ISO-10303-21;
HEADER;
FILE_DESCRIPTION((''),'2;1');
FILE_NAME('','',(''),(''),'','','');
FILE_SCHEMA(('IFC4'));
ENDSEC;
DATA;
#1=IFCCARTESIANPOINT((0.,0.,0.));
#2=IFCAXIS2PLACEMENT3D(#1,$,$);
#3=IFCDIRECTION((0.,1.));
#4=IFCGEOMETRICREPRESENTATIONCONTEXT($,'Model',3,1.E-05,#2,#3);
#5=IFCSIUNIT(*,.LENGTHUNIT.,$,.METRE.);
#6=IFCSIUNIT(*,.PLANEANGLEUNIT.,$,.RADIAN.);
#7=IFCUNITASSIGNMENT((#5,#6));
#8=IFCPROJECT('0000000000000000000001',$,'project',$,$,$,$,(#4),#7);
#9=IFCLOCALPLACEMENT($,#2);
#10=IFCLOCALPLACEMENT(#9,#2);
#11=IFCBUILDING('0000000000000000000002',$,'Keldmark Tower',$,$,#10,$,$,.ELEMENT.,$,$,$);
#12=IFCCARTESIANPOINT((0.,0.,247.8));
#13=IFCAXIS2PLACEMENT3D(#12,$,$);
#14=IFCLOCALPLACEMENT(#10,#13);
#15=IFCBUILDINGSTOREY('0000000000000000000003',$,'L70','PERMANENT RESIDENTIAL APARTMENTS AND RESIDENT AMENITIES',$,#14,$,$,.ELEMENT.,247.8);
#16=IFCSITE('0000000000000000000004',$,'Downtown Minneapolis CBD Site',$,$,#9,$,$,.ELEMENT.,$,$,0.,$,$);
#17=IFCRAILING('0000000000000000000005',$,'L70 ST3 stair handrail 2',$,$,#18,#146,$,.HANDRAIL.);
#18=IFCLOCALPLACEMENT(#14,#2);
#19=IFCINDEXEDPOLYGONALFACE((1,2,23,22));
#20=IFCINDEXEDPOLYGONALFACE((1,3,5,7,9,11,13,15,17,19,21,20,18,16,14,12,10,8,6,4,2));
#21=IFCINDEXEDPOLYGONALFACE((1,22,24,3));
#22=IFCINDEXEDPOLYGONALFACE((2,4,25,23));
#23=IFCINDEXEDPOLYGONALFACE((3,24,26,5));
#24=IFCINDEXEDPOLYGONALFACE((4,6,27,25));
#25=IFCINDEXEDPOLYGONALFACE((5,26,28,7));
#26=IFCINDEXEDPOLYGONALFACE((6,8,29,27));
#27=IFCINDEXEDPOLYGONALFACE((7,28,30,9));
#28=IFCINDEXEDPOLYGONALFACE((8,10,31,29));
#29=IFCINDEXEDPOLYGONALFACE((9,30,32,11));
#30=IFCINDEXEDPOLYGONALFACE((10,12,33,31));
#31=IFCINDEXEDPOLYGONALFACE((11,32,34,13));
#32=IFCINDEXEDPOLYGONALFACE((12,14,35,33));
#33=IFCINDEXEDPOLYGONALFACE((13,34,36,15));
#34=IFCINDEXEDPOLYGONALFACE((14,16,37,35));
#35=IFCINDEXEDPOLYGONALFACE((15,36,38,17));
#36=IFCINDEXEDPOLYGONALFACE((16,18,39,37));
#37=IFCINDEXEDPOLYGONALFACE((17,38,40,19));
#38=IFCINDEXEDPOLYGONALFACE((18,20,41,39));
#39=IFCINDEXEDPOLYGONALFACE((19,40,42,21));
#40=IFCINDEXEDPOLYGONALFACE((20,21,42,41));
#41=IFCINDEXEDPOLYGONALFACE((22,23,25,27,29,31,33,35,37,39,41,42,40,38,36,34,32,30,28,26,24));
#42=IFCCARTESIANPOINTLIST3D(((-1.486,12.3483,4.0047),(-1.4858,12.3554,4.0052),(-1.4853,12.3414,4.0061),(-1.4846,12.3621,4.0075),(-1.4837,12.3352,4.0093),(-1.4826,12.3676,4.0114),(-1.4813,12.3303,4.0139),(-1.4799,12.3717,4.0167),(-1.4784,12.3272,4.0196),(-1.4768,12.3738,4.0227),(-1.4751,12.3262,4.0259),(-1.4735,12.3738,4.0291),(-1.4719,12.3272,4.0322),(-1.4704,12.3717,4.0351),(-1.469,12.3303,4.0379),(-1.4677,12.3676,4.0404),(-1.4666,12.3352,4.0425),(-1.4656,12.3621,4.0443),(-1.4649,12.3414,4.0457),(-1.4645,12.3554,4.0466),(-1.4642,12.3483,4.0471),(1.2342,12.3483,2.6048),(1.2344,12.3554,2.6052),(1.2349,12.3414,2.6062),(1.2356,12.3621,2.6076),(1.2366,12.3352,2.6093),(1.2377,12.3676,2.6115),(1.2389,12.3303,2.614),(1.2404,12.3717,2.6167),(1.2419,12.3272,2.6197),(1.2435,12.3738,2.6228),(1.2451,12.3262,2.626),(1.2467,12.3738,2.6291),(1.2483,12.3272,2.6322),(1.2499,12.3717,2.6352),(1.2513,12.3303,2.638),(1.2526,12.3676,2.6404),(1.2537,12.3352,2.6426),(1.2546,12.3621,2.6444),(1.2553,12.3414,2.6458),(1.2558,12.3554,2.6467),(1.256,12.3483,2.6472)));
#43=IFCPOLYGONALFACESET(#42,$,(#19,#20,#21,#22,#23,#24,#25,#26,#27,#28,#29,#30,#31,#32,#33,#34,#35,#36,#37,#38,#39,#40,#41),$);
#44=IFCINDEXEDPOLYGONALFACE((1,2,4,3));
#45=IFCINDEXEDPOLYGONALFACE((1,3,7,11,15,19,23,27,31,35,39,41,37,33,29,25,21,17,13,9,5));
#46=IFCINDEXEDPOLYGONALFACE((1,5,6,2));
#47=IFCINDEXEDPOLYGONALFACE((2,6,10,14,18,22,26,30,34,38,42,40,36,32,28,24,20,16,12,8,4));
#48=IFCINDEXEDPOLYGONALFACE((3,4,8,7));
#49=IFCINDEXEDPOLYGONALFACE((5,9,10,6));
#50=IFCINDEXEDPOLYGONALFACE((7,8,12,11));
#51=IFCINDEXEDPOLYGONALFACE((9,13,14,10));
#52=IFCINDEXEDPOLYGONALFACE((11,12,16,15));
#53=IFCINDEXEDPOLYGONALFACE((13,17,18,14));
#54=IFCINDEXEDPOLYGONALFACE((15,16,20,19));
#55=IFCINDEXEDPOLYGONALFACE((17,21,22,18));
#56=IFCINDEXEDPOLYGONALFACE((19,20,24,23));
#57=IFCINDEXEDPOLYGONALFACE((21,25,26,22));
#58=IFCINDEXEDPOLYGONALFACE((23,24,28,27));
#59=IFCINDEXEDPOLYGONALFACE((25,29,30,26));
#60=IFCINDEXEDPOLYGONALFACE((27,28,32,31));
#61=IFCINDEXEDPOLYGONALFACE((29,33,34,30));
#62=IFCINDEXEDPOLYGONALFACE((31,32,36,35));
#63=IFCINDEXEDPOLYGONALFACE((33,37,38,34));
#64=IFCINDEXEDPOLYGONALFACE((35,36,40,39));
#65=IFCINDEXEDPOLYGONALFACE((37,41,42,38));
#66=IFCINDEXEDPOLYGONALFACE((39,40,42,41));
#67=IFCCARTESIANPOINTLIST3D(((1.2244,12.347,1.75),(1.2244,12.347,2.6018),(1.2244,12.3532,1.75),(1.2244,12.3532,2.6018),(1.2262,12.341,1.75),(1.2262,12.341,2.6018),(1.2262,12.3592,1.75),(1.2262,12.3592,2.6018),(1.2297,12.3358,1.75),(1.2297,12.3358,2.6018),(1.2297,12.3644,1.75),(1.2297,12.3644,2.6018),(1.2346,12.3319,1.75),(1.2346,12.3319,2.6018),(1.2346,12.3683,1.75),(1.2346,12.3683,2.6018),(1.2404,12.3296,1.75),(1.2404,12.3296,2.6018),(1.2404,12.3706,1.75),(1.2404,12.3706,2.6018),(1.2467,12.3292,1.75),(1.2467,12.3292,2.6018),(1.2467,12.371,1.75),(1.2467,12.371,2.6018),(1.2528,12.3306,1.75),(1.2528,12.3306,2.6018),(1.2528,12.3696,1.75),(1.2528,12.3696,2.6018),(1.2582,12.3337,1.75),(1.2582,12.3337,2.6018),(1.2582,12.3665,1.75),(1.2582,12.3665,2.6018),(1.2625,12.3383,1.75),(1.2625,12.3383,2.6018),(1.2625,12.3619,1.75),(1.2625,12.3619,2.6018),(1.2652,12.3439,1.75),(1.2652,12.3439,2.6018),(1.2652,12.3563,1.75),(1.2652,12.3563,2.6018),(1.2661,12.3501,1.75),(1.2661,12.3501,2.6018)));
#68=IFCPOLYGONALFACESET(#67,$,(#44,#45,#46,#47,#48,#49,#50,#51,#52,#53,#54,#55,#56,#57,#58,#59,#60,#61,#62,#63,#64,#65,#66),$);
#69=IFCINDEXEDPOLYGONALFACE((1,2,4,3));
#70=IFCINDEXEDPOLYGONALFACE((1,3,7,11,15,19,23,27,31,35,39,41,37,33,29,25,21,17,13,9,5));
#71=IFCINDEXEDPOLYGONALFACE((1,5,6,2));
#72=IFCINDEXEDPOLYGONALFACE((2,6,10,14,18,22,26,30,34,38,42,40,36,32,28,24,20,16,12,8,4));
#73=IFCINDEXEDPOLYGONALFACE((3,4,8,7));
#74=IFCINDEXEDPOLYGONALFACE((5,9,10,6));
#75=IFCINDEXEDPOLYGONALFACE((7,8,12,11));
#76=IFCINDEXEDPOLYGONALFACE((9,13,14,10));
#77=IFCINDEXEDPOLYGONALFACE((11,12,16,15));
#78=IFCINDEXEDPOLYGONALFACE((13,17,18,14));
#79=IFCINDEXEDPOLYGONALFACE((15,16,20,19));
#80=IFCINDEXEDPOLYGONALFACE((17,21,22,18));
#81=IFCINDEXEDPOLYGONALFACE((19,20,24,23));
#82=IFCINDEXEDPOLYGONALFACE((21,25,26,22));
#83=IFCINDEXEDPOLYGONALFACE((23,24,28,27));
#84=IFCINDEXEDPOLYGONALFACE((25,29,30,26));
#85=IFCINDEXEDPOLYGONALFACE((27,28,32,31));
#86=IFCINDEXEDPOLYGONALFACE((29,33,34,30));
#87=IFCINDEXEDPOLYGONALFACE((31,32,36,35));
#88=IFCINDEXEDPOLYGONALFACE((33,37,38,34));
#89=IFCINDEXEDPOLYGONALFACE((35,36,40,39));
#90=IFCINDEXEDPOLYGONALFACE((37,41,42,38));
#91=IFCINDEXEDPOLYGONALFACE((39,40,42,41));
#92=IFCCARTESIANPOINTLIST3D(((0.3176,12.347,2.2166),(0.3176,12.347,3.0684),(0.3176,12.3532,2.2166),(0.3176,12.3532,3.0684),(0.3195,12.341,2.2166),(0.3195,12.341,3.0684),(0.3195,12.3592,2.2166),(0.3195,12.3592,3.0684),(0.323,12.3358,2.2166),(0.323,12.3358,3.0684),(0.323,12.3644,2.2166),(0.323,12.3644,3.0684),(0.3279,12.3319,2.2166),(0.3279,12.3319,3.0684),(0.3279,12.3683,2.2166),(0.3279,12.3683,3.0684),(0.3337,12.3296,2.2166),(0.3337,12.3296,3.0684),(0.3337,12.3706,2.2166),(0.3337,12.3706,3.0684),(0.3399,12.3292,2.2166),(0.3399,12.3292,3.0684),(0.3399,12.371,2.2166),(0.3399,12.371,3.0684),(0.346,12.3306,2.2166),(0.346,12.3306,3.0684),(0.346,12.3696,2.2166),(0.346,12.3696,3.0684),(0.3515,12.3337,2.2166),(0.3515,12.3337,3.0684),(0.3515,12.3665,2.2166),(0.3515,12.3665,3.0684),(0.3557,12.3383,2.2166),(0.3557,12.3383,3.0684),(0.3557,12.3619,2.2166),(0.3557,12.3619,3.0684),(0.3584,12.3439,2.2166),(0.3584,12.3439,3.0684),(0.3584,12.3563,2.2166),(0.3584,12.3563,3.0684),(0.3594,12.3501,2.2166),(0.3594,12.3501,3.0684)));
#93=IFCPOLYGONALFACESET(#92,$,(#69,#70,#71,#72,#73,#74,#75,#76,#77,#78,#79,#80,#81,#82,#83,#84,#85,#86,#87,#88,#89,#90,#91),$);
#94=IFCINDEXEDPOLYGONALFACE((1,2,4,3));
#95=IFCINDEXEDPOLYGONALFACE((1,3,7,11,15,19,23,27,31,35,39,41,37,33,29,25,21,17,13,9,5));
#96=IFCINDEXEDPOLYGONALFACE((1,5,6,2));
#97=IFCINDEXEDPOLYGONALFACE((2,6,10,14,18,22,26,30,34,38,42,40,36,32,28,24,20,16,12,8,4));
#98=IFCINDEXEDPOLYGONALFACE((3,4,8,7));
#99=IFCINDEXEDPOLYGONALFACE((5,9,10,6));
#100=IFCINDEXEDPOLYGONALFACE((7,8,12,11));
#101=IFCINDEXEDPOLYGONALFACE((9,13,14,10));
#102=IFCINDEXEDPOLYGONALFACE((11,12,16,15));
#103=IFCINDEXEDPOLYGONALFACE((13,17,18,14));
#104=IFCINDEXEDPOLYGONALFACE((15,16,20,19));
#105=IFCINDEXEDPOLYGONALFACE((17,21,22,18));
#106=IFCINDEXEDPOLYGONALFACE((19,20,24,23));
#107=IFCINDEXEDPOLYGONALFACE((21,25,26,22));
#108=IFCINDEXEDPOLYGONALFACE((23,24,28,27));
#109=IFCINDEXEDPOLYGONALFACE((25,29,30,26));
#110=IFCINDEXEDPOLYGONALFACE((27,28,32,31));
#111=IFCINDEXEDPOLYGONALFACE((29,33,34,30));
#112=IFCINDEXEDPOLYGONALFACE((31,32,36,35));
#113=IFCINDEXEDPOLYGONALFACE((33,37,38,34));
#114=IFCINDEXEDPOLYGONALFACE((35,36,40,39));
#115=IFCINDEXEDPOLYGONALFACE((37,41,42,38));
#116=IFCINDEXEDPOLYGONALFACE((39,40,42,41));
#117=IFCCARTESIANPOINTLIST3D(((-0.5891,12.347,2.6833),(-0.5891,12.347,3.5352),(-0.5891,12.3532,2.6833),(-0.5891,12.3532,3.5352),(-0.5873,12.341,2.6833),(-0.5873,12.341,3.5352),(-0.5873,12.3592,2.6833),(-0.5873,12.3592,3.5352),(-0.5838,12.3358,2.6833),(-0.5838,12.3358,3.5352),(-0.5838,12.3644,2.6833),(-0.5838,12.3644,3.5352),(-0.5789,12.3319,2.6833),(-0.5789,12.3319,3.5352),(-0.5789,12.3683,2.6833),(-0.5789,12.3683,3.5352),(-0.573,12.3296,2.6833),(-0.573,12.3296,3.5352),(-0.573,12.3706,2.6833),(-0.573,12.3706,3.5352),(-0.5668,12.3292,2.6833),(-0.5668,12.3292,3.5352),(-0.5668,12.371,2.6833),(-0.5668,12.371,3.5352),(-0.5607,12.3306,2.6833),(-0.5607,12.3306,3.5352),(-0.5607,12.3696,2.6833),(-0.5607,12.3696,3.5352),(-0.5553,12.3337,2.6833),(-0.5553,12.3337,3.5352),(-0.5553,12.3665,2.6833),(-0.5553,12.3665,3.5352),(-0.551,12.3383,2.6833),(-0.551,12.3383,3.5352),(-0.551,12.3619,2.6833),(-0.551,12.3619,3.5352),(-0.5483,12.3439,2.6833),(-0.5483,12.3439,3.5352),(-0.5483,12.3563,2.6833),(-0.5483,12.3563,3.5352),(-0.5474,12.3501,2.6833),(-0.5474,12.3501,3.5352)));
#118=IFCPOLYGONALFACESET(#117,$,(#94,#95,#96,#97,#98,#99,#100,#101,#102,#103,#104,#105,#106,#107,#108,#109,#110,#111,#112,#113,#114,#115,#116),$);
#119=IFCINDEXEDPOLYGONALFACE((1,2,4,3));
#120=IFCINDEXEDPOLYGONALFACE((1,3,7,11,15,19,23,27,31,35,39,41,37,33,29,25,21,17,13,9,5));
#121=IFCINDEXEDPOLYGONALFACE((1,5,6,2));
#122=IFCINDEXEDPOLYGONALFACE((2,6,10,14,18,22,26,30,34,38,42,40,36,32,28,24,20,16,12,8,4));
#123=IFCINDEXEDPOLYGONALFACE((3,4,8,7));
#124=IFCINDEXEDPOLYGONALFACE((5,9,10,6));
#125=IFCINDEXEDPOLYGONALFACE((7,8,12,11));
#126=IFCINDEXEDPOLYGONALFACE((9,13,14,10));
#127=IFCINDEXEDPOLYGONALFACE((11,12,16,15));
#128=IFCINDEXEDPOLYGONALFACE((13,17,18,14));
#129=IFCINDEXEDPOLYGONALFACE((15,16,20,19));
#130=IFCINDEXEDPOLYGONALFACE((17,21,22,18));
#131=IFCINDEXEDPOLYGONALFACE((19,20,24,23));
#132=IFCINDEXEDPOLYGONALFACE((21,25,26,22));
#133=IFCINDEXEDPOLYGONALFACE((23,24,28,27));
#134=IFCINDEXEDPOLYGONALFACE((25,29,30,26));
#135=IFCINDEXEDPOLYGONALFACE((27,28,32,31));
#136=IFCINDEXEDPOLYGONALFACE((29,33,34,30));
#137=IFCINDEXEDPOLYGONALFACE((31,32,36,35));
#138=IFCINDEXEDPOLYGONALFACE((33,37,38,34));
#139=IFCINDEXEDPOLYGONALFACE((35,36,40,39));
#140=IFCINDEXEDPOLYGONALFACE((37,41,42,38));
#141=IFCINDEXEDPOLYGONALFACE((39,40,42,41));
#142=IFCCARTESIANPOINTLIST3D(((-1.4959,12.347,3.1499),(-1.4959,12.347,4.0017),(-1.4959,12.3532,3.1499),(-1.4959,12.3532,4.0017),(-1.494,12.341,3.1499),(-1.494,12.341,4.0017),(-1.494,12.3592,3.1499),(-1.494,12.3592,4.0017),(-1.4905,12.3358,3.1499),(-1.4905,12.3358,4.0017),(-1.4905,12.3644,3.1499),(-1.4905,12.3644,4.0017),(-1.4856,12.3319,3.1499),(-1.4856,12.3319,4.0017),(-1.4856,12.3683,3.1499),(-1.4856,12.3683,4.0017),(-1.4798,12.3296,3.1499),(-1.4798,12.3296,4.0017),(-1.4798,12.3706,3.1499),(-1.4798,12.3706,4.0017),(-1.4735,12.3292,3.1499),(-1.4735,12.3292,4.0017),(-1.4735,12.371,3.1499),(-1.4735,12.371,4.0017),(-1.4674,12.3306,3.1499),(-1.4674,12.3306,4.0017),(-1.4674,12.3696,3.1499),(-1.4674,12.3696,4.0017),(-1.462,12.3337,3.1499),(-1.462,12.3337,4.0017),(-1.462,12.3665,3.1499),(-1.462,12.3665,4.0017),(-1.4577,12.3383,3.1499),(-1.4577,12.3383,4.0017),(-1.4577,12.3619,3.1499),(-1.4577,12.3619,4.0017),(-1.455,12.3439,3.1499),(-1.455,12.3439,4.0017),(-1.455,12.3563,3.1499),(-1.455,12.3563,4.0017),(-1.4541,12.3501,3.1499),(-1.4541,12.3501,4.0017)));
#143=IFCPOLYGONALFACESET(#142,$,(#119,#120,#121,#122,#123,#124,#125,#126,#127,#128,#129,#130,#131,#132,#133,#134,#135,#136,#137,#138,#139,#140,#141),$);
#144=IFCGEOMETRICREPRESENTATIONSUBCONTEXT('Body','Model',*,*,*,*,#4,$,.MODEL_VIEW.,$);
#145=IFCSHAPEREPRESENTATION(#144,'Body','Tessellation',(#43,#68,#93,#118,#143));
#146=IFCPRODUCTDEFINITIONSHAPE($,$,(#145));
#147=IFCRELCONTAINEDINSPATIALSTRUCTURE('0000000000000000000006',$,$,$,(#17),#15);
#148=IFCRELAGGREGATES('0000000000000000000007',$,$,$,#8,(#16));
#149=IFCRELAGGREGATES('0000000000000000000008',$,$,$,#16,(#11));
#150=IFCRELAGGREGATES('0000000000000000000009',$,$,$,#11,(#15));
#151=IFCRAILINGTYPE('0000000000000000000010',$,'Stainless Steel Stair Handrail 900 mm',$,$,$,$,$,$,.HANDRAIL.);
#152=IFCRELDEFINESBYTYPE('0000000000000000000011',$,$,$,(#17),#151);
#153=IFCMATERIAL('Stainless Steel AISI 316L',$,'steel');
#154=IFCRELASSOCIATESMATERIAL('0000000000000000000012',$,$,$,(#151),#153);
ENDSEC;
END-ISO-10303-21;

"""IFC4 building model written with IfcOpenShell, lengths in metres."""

from ifc_helpers import new_model, si_unit, direction, frame, origin, origin_2d, place, context, subcontext, project, spatial, circle, extrude, material, type_object, element, save


model = new_model("IFC4")

# Units and contexts
model_context = context("Model", 3, precision=1e-05, world=origin(), true_north=direction((0.0, 1.0)))
body_context = subcontext(model_context, "Body", "Model", "MODEL_VIEW")
ifc_project = project(units=[si_unit("LENGTHUNIT", "METRE"), si_unit("PLANEANGLEUNIT", "RADIAN")], contexts=[model_context])

# Site, building, storey
site_placement = place(None, origin())
site = spatial("IfcSite", under=ifc_project, at=site_placement, Name="Downtown Minneapolis CBD Site", CompositionType="ELEMENT", RefElevation=0.0)
building_placement = place(site_placement, origin())
building = spatial("IfcBuilding", under=site, at=building_placement, Name="Keldmark Tower", CompositionType="ELEMENT")
storey_placement = place(building_placement, frame((0.0, 0.0, 247.8)))
storey = spatial("IfcBuildingStorey", under=building, at=storey_placement, Name="L70", Description="PERMANENT RESIDENTIAL APARTMENTS AND RESIDENT AMENITIES", CompositionType="ELEMENT", Elevation=247.8)

# Railing
ifc_material_1 = material(Name="Stainless Steel AISI 316L", Category="steel")
railing_type_1 = type_object("IfcRailingType", Name="Stainless Steel Stair Handrail 900 mm", PredefinedType="HANDRAIL", material=ifc_material_1)
railing_1_placement = place(storey_placement, frame((1.2451, 12.3501, 1.75)))
element("IfcRailing", 1, at=railing_1_placement, inside=storey, type_object=railing_type_1, Name="L70 ST3 stair handrail 2", PredefinedType="HANDRAIL", context=body_context, shape_type="SweptSolid", body=[
    extrude(circle(Radius=0.0239, at=origin_2d()), frame((0.0, 0.0, 0.876), z_axis=(-0.889164, 0.0, 0.45759), x_axis=(0.0, -1.0, 0.0)), (0.0, 0.0, 1.0), 3.0593),
    extrude(circle(Radius=0.021, at=origin_2d()), origin(), (0.0, 0.0, 1.0), 0.8518),
    extrude(circle(Radius=0.021, at=origin_2d()), frame((-0.9067, 0.0, 0.4666)), (0.0, 0.0, 1.0), 0.8518),
    extrude(circle(Radius=0.021, at=origin_2d()), frame((-1.8135, 0.0, 0.9333)), (0.0, 0.0, 1.0), 0.8518),
    extrude(circle(Radius=0.021, at=origin_2d()), frame((-2.7202, 0.0, 1.3999)), (0.0, 0.0, 1.0), 0.8518),
])

save(model, "model.ifc")
